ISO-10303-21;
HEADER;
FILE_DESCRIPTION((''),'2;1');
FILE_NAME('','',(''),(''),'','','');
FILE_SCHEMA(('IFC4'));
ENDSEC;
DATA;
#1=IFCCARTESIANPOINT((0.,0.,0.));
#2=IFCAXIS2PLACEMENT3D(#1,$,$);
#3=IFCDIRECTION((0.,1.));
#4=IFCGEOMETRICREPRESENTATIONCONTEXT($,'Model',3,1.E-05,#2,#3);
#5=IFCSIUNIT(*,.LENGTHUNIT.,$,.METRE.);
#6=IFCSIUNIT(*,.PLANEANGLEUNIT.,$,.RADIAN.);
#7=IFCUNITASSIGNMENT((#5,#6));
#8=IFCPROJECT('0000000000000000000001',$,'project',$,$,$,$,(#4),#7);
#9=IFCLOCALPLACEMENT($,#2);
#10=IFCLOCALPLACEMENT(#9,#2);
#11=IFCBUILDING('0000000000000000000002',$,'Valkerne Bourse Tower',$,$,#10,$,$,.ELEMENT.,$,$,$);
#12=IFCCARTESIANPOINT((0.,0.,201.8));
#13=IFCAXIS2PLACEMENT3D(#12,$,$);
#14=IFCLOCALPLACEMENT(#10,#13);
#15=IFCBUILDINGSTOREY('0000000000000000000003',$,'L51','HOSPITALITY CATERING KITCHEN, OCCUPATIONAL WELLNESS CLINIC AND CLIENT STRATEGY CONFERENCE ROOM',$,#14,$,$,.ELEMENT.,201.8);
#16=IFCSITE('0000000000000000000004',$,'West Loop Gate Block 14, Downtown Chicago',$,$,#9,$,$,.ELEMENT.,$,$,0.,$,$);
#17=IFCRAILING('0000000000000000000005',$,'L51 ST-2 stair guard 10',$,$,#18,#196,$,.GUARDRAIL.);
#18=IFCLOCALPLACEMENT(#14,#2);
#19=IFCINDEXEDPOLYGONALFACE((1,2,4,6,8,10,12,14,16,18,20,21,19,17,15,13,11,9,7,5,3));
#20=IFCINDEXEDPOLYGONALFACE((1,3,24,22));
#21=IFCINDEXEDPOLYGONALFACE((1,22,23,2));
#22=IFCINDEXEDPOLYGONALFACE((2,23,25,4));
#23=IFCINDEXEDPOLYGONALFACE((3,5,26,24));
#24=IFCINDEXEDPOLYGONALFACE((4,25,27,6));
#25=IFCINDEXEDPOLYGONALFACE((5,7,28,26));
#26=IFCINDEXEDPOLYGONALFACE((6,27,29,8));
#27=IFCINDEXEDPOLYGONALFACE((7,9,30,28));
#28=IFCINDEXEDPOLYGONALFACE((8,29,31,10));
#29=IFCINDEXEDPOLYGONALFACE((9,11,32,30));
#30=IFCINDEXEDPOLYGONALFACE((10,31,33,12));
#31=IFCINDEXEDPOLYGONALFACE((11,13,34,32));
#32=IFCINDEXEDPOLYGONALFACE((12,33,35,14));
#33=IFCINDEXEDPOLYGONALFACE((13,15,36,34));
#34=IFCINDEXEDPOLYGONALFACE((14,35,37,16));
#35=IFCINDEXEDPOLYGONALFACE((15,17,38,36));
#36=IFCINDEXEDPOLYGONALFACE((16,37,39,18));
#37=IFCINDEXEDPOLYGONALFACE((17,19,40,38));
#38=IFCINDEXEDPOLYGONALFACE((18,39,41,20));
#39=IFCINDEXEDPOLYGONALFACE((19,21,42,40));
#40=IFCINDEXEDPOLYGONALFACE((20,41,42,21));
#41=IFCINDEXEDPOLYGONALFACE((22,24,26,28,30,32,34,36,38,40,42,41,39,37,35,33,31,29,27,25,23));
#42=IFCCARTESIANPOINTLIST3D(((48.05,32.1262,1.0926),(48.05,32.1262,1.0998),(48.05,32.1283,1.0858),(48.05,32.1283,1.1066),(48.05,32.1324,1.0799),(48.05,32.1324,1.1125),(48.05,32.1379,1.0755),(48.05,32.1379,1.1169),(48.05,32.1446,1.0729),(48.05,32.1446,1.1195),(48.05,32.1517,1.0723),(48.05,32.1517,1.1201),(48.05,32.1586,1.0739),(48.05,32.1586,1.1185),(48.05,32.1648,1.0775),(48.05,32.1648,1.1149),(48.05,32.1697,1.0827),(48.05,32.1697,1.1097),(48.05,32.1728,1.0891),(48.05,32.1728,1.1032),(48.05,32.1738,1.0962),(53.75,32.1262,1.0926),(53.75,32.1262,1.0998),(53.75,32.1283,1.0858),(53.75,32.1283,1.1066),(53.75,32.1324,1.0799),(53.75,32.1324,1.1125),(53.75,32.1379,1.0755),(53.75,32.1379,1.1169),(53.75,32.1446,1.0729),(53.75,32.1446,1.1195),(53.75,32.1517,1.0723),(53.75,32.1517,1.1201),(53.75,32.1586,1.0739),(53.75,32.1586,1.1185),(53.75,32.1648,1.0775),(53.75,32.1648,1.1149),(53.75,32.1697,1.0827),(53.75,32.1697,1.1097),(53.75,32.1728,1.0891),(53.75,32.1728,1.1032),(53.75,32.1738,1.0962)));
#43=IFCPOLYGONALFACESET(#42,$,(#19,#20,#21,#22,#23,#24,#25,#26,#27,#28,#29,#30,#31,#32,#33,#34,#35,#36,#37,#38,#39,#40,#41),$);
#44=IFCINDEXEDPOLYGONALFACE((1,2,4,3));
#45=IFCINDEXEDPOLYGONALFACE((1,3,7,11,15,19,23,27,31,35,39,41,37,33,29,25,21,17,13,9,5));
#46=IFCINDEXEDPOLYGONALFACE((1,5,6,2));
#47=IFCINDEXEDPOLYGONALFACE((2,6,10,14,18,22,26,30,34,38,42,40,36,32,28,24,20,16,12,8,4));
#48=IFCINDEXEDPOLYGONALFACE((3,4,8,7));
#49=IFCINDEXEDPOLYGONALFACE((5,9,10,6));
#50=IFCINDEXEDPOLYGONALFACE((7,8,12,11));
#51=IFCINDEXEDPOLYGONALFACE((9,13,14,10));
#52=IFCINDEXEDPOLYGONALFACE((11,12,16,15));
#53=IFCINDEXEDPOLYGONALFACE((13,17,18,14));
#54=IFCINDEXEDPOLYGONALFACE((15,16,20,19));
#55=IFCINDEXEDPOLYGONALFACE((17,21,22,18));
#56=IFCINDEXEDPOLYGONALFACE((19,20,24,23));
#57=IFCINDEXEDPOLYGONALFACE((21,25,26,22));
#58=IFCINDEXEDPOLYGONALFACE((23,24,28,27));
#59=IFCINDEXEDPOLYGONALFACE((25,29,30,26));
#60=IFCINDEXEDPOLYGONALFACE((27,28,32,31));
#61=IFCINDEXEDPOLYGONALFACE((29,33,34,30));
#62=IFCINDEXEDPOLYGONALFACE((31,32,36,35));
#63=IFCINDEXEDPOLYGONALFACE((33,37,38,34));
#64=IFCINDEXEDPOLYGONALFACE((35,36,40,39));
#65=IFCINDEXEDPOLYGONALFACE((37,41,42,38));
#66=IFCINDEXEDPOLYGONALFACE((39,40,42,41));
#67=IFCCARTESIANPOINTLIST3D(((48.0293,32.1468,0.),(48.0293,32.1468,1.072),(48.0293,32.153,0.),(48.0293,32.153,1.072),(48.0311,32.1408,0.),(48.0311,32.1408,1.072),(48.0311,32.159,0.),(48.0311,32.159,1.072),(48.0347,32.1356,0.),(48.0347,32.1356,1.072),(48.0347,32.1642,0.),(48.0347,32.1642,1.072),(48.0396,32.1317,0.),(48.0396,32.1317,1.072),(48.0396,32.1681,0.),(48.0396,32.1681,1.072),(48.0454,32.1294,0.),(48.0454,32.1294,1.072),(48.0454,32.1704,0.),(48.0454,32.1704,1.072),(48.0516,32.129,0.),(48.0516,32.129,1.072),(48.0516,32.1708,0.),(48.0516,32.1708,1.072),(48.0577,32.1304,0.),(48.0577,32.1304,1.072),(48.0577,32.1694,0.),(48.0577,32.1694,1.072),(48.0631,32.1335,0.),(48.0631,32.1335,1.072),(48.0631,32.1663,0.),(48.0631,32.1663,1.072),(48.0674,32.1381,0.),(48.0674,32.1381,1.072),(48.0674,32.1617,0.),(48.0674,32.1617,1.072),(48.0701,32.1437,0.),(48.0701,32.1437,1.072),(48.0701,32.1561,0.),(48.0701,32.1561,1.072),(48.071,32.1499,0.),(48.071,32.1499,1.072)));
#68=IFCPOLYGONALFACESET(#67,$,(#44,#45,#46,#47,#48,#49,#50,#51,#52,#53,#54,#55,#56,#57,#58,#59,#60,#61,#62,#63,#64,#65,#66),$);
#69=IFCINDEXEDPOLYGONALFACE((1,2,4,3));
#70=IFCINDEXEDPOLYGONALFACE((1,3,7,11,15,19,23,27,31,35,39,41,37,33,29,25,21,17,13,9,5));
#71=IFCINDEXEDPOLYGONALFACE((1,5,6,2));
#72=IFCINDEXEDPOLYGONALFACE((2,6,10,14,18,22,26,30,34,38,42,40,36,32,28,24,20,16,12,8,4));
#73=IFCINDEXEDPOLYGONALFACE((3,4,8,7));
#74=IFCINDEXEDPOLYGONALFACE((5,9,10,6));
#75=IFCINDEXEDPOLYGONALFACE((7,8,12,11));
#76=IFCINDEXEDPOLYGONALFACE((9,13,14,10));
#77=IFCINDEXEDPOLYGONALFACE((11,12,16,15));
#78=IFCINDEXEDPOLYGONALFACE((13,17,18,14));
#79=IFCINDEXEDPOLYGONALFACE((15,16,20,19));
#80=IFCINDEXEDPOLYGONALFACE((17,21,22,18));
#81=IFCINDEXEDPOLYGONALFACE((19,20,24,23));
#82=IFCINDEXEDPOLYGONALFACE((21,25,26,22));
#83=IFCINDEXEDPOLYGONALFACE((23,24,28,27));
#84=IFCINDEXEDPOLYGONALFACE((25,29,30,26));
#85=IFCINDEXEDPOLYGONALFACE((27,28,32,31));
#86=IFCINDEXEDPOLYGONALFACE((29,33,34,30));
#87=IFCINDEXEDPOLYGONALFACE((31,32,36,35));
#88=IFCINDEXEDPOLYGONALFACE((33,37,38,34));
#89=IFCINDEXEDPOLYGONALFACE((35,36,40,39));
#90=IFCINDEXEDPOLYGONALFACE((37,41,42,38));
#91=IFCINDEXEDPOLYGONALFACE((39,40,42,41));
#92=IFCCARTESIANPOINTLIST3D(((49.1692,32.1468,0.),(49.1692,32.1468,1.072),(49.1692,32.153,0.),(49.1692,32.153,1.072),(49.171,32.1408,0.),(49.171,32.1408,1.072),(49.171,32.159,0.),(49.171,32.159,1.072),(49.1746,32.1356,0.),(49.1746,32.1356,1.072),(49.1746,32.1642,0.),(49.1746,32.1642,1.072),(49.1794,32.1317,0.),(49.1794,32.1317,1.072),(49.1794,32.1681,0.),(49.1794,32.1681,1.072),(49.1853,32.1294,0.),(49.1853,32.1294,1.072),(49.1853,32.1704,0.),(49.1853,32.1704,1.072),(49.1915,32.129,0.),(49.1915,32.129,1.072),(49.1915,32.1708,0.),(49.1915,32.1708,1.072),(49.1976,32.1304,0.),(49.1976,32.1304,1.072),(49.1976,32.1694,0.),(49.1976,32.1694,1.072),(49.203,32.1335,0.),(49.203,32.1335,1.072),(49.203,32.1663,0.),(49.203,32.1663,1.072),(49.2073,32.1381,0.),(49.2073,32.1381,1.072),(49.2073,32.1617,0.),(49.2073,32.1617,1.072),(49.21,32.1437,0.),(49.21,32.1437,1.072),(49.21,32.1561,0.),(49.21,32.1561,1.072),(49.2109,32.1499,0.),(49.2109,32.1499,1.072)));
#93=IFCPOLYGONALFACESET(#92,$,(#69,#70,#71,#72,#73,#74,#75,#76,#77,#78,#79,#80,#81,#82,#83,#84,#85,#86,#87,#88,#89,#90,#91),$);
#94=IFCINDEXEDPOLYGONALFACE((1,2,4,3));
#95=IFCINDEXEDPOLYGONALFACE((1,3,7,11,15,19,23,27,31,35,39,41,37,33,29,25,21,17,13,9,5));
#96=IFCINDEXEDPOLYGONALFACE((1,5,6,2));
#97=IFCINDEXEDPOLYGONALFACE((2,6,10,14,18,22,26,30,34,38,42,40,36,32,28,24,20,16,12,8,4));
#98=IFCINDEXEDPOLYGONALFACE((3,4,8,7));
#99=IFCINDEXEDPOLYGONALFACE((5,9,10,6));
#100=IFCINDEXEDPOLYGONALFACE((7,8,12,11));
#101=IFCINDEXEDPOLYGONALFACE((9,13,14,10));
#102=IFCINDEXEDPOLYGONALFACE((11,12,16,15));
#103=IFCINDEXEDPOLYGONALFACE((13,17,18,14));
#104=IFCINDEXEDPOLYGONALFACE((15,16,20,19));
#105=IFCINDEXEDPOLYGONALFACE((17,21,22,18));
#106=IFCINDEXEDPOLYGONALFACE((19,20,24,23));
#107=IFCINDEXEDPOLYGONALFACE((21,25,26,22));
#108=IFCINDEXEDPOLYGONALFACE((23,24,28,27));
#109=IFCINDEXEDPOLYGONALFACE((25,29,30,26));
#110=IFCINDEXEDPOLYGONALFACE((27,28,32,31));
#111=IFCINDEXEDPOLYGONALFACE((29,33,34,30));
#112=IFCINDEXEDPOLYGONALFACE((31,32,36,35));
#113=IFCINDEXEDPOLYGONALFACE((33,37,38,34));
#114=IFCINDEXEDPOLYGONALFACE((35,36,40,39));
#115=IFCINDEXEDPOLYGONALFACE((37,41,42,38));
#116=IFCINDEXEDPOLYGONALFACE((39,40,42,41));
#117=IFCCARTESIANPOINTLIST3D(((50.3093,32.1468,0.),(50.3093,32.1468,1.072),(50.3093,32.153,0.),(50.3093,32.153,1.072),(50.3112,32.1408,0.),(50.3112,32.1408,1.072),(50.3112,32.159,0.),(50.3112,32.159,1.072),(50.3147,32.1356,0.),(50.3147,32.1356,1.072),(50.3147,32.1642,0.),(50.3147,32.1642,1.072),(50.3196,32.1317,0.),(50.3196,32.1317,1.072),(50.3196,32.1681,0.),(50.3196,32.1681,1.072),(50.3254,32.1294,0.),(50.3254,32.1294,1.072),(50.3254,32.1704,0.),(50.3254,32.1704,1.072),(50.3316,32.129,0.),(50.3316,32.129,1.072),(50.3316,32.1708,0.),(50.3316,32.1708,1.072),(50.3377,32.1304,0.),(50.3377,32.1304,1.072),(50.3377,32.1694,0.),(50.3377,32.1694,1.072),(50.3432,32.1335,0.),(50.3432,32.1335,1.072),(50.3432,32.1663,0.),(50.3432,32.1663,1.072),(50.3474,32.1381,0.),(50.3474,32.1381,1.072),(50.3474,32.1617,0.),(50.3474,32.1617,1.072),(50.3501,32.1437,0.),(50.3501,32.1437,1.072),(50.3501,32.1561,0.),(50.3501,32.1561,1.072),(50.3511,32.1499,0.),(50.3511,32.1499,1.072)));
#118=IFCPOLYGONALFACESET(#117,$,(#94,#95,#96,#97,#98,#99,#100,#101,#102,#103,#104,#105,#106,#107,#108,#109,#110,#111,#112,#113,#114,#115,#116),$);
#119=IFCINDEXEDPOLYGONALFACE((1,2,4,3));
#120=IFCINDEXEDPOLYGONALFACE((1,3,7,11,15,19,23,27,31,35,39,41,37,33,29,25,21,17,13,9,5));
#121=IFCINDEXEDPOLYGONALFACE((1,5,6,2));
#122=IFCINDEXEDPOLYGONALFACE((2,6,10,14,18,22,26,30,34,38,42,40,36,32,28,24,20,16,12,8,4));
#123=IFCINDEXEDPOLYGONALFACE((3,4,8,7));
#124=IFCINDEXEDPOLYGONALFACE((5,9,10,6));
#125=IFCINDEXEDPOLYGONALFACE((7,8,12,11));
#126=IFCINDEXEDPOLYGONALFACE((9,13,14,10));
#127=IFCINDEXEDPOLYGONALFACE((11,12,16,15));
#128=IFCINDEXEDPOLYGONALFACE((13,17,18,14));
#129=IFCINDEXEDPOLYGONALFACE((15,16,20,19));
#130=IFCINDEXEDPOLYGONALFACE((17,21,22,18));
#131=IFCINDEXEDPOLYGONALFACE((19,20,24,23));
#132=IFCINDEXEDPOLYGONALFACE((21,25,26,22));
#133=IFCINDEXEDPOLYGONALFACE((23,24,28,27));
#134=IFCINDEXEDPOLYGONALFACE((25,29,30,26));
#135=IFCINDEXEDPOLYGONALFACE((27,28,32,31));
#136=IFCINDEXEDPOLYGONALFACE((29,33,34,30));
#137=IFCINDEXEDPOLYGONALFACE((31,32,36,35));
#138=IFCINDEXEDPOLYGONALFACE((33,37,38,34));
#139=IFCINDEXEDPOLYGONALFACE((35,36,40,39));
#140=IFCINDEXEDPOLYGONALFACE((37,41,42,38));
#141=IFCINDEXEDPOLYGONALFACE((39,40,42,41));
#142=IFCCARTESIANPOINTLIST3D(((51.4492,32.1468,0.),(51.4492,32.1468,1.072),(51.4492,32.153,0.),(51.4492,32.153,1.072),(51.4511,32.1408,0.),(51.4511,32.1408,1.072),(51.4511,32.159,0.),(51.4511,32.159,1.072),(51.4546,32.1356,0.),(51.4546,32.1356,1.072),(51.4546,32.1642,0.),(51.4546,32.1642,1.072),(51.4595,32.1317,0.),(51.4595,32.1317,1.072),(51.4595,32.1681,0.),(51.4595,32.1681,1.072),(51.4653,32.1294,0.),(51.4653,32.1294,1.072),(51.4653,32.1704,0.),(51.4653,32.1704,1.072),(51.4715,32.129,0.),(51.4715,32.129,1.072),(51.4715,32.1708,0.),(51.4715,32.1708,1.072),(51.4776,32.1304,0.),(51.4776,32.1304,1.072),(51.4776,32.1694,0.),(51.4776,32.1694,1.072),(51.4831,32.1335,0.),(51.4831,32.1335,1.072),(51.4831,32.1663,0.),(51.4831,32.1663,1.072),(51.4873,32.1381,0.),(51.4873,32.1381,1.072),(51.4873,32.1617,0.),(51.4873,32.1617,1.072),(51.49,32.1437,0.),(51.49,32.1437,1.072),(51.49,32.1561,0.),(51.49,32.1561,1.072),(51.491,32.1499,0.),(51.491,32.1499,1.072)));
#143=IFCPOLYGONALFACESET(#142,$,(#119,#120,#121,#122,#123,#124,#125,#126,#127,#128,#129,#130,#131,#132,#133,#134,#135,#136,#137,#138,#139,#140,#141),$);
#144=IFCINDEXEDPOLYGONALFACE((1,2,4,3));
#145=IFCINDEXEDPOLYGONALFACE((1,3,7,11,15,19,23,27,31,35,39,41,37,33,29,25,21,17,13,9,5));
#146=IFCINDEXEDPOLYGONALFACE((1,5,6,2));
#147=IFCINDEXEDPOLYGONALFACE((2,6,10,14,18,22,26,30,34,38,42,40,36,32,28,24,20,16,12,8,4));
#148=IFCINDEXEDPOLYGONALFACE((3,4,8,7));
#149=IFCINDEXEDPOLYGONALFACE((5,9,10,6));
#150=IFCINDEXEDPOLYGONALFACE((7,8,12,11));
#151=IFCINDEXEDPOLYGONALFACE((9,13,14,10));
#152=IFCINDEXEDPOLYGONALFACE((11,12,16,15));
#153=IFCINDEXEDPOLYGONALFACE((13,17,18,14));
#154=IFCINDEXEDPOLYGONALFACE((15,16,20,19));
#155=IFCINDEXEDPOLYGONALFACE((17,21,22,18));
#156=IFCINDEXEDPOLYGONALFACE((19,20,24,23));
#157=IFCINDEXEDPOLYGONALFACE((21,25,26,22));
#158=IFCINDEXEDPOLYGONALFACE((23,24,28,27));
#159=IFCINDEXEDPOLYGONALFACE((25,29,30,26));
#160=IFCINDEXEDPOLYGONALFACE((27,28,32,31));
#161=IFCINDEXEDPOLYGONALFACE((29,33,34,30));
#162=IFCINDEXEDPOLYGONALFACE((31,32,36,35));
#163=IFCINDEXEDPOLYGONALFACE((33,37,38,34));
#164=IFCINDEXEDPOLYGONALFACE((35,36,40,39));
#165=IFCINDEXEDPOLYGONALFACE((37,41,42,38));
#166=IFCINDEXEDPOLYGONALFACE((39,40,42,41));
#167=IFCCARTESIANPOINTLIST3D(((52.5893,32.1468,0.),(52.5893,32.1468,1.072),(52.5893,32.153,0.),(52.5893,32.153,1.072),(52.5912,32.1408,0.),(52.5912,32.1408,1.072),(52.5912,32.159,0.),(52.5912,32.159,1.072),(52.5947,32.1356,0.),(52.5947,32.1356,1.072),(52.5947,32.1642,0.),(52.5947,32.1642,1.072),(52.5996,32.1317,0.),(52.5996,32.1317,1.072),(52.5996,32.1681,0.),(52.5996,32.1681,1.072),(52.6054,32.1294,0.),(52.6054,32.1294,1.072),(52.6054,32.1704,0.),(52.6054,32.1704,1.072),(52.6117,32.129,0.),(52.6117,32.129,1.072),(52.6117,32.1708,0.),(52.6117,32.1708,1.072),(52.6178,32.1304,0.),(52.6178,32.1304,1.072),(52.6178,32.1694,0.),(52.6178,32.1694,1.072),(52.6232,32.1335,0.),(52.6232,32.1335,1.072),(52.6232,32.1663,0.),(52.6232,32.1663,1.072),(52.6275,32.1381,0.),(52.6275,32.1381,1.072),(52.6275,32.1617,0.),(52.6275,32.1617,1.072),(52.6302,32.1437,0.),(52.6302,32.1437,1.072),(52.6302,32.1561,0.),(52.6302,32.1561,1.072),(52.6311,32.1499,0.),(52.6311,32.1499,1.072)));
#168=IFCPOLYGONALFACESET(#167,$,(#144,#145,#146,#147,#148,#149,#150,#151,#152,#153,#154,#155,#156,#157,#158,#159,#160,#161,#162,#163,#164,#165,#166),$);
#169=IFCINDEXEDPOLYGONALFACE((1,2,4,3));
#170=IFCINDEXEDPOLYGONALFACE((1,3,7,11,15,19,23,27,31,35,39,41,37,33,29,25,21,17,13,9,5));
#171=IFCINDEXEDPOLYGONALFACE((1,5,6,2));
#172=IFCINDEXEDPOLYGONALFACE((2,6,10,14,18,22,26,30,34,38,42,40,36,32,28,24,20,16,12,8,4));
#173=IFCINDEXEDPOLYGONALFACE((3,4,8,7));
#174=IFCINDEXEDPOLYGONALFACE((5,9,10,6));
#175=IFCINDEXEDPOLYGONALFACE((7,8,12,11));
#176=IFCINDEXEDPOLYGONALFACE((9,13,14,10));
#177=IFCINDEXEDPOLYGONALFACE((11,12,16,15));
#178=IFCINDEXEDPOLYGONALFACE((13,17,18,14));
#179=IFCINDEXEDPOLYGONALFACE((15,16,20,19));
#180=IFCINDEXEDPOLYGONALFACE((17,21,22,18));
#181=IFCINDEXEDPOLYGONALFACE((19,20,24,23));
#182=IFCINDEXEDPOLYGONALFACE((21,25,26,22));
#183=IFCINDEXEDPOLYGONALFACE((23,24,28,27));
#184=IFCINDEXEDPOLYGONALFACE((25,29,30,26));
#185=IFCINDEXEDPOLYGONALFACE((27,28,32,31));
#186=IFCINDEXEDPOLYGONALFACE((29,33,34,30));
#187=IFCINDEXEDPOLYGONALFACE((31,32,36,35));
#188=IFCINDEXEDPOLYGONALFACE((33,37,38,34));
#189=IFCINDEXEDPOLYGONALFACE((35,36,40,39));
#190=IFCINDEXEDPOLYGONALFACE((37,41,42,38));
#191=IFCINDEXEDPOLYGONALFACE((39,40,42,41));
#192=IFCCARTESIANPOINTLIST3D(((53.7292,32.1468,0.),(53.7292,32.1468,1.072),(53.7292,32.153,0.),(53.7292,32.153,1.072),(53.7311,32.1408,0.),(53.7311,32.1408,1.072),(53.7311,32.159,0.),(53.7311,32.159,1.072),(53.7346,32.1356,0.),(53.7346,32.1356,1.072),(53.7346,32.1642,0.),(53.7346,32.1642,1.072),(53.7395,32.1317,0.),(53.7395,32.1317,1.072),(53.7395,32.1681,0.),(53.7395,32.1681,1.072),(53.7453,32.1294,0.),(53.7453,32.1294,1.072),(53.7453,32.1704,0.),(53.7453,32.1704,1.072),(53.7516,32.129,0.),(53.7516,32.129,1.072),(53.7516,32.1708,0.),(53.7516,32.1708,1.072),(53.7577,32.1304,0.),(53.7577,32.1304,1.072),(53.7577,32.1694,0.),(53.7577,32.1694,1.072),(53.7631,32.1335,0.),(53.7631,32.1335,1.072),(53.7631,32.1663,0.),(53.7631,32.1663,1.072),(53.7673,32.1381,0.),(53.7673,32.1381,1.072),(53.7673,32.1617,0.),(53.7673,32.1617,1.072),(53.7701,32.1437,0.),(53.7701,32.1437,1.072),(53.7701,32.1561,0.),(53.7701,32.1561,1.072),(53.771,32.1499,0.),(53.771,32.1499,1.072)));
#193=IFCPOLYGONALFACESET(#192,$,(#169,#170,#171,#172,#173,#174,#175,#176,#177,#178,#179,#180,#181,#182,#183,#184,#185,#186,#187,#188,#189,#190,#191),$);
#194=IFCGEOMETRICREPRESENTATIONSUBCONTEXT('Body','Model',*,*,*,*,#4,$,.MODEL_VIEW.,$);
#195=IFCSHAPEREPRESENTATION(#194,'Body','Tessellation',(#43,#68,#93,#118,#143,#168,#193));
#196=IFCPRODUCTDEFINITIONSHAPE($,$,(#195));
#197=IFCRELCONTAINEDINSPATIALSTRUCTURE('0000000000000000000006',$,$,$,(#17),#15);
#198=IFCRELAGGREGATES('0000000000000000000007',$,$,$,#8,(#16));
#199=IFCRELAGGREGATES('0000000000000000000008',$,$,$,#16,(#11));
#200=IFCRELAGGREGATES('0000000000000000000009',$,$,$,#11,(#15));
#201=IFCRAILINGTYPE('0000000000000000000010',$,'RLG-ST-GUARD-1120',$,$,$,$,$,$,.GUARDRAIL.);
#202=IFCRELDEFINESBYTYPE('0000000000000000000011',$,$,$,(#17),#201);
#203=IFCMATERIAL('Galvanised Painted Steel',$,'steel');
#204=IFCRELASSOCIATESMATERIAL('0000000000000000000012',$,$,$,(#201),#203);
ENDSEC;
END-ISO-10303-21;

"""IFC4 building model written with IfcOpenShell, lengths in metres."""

from ifc_helpers import new_model, si_unit, direction, frame, origin, origin_2d, place, context, subcontext, project, spatial, circle, extrude, material, type_object, element, save


model = new_model("IFC4")

# Units and contexts
model_context = context("Model", 3, precision=1e-05, world=origin(), true_north=direction((0.0, 1.0)))
body_context = subcontext(model_context, "Body", "Model", "MODEL_VIEW")
ifc_project = project(units=[si_unit("LENGTHUNIT", "METRE"), si_unit("PLANEANGLEUNIT", "RADIAN")], contexts=[model_context])

# Site, building, storey
site_placement = place(None, origin())
site = spatial("IfcSite", under=ifc_project, at=site_placement, Name="West Loop Gate Block 14, Downtown Chicago", CompositionType="ELEMENT", RefElevation=0.0)
building_placement = place(site_placement, origin())
building = spatial("IfcBuilding", under=site, at=building_placement, Name="Valkerne Bourse Tower", CompositionType="ELEMENT")
storey_placement = place(building_placement, frame((0.0, 0.0, 201.8)))
storey = spatial("IfcBuildingStorey", under=building, at=storey_placement, Name="L51", Description="HOSPITALITY CATERING KITCHEN, OCCUPATIONAL WELLNESS CLINIC AND CLIENT STRATEGY CONFERENCE ROOM", CompositionType="ELEMENT", Elevation=201.8)

# Shared definitions
ifc_material_1 = material(Name="Galvanised Painted Steel", Category="steel")

# Railing
railing_type_1 = type_object("IfcRailingType", Name="RLG-ST-GUARD-1120", PredefinedType="GUARDRAIL", material=ifc_material_1)
for number, where, name in (
    (1, (48.05, 32.1499, 0.0), "L51 ST-2 stair guard 10"),
):
    element("IfcRailing", number, at=place(storey_placement, frame(where)), inside=storey, type_object=railing_type_1, Name=name, PredefinedType="GUARDRAIL", context=body_context, shape_type="SweptSolid", body=[
        extrude(circle(Radius=0.0239, at=origin_2d()), frame((0.0, 0.0, 1.0962), z_axis=(1.0, 0.0, 0.0), x_axis=(0.0, 1.0, 0.0)), (0.0, 0.0, 1.0), 5.7),
        extrude(circle(Radius=0.021, at=origin_2d()), origin(), (0.0, 0.0, 1.0), 1.072),
        extrude(circle(Radius=0.021, at=origin_2d()), frame((1.1399, 0.0, 0.0)), (0.0, 0.0, 1.0), 1.072),
        extrude(circle(Radius=0.021, at=origin_2d()), frame((2.28, 0.0, 0.0)), (0.0, 0.0, 1.0), 1.072),
        extrude(circle(Radius=0.021, at=origin_2d()), frame((3.4199, 0.0, 0.0)), (0.0, 0.0, 1.0), 1.072),
        extrude(circle(Radius=0.021, at=origin_2d()), frame((4.5601, 0.0, 0.0)), (0.0, 0.0, 1.0), 1.072),
        extrude(circle(Radius=0.021, at=origin_2d()), frame((5.7, 0.0, 0.0)), (0.0, 0.0, 1.0), 1.072),
    ])

save(model, "model.ifc")
